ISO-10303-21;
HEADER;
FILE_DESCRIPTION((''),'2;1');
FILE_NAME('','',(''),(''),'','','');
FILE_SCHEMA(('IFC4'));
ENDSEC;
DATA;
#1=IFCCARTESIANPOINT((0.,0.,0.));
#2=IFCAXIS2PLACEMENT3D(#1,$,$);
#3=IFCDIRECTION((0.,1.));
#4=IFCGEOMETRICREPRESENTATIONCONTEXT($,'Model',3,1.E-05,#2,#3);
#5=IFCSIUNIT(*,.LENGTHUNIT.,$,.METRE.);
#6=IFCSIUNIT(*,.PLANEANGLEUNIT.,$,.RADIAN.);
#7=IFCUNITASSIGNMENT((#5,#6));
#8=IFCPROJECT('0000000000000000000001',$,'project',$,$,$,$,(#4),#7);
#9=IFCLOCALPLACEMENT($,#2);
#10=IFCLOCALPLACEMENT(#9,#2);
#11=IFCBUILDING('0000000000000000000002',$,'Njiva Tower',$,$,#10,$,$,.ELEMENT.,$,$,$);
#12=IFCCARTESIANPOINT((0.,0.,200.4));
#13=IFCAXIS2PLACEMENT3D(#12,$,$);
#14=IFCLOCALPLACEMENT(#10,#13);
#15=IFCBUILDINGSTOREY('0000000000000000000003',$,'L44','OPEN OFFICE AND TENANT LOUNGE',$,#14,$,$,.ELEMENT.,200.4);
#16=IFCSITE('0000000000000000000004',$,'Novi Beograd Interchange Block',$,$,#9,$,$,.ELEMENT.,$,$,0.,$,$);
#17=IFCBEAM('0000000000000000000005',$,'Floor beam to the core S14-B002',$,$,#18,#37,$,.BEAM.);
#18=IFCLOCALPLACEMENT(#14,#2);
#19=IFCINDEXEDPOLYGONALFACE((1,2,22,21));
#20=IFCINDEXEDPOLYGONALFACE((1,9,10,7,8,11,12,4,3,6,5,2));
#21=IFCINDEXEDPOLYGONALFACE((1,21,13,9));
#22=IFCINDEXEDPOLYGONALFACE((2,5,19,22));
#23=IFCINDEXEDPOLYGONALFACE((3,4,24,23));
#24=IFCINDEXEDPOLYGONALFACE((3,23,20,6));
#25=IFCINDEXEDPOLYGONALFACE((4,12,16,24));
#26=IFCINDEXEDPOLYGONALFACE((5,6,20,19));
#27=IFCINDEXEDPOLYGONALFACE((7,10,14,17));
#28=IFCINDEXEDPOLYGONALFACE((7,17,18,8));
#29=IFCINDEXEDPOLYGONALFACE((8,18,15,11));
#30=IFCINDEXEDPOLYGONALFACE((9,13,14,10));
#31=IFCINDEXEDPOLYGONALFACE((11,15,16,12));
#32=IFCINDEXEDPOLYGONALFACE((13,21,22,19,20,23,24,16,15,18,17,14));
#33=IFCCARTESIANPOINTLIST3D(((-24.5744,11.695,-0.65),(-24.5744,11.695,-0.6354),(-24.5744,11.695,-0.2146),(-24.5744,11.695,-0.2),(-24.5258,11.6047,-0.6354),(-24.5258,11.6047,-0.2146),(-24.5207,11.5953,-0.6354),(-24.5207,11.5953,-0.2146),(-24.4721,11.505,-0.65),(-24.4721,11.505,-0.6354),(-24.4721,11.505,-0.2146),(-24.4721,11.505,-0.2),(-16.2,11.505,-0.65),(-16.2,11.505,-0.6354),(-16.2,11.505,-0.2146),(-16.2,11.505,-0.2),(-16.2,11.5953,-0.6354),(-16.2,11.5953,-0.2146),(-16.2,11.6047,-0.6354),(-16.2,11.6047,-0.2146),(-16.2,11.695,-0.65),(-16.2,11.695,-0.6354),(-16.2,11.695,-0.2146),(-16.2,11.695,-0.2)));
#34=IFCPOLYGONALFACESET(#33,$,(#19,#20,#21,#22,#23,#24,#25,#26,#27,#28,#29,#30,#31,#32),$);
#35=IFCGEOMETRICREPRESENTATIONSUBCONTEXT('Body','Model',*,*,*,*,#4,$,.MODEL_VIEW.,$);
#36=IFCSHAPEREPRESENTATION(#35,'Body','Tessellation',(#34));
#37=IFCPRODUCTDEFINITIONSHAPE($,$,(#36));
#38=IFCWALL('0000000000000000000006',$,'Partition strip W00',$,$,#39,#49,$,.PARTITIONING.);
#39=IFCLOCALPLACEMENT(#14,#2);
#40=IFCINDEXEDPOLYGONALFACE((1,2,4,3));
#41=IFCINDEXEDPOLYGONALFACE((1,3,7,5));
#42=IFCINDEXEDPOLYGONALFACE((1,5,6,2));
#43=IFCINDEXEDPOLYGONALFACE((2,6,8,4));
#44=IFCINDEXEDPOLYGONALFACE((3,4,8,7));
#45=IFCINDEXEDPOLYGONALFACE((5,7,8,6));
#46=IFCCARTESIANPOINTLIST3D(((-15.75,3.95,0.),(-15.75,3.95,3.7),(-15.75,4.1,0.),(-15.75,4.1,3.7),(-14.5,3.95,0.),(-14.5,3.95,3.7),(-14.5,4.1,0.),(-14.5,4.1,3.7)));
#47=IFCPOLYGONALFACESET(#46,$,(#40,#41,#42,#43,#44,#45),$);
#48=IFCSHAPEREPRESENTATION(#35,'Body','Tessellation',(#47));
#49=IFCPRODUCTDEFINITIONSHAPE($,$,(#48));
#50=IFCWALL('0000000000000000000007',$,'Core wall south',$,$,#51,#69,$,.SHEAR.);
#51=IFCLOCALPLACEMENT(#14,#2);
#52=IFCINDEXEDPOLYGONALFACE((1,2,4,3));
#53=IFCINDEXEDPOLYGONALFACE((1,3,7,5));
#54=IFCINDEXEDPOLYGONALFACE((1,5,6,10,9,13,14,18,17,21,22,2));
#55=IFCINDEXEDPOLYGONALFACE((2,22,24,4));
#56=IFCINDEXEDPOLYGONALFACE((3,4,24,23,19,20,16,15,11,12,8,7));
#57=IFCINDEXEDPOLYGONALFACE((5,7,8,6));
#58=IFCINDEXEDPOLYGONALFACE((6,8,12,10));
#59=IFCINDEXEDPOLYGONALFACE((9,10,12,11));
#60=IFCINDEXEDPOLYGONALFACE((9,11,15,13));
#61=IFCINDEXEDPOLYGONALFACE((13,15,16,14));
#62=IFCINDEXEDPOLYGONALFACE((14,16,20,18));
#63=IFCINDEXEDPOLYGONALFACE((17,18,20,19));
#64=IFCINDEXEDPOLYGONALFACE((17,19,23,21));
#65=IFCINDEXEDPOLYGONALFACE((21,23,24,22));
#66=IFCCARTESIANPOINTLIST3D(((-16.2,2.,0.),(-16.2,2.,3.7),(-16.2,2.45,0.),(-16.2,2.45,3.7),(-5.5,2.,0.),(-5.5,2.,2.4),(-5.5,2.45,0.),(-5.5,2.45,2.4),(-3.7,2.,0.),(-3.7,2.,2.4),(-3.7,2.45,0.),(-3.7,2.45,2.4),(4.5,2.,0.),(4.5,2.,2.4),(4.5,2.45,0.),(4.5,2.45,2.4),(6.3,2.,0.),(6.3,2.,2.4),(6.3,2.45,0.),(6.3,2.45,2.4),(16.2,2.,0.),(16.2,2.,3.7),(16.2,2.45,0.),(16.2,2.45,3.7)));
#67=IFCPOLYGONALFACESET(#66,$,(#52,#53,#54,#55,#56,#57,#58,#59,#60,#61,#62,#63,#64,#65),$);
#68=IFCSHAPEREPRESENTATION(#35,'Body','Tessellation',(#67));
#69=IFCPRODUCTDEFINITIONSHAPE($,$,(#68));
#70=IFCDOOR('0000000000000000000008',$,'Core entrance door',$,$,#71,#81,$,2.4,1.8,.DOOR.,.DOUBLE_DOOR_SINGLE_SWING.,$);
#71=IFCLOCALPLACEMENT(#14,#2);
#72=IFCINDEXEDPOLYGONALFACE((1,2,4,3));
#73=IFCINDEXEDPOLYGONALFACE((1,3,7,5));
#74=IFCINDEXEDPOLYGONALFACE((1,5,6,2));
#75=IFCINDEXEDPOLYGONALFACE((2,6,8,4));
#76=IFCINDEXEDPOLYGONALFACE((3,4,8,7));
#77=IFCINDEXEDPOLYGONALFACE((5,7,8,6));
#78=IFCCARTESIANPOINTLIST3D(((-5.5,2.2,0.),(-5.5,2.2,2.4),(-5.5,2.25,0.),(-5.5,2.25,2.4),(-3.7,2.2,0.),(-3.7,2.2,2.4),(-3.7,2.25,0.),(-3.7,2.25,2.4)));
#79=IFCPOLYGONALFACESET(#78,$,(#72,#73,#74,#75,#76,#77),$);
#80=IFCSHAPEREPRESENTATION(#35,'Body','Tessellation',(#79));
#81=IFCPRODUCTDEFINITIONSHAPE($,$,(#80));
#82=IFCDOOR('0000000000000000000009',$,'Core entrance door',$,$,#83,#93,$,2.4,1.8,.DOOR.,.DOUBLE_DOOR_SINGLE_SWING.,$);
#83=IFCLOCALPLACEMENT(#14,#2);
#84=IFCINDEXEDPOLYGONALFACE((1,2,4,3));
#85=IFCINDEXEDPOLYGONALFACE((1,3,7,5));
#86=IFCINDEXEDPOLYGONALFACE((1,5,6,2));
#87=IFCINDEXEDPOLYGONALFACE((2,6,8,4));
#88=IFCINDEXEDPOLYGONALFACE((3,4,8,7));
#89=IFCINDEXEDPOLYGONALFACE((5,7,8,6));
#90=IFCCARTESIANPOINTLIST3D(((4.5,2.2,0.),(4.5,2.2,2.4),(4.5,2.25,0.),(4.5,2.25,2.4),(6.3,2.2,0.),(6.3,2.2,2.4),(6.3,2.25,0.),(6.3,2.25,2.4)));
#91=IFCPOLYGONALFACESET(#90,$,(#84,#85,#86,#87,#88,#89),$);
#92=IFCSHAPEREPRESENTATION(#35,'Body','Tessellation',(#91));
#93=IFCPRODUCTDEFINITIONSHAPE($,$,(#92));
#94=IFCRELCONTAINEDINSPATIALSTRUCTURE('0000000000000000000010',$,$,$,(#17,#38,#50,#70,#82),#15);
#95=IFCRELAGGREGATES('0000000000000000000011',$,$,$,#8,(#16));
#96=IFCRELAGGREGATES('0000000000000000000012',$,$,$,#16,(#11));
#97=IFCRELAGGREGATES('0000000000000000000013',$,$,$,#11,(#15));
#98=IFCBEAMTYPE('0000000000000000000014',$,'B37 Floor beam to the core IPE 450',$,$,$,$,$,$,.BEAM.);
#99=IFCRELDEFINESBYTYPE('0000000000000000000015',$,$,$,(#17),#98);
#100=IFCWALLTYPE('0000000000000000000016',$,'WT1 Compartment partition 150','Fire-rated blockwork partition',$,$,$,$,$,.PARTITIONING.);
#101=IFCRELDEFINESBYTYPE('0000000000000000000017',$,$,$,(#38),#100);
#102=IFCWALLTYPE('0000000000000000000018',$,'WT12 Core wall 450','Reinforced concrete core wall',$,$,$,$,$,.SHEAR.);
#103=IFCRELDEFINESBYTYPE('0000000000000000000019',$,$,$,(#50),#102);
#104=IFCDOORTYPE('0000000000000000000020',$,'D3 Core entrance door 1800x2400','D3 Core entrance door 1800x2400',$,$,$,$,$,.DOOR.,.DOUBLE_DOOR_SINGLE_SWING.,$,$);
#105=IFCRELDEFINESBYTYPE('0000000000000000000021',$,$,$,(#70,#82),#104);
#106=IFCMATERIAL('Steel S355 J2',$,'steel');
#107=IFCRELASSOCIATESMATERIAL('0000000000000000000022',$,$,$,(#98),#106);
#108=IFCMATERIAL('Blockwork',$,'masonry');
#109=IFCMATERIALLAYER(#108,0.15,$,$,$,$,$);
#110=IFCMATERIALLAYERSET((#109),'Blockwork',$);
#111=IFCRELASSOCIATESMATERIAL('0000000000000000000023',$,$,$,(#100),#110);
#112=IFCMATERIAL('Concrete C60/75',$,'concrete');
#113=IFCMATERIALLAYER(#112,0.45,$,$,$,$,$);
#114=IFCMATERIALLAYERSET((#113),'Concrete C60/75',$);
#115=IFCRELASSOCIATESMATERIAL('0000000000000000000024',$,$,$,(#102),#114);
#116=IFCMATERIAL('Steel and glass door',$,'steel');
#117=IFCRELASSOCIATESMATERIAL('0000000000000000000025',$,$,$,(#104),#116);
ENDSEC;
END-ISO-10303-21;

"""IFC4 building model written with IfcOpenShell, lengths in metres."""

from ifc_helpers import new_model, si_unit, direction, frame, frame_2d, origin, origin_2d, place, context, subcontext, project, spatial, rectangle, i_section, extrude, clip, halfspace, material, layer, layer_set, material_profile, profile_set, type_object, element, fill, save


model = new_model("IFC4")

# Units and contexts
model_context = context("Model", 3, precision=1e-05, world=origin(), true_north=direction((0.0, 1.0)))
body_context = subcontext(model_context, "Body", "Model", "MODEL_VIEW")
ifc_project = project(units=[si_unit("LENGTHUNIT", "METRE"), si_unit("PLANEANGLEUNIT", "RADIAN")], contexts=[model_context])

# Site, building, storey
site_placement = place(None, origin())
site = spatial("IfcSite", under=ifc_project, at=site_placement, Name="Novi Beograd Interchange Block", CompositionType="ELEMENT", RefElevation=0.0)
building_placement = place(site_placement, origin())
building = spatial("IfcBuilding", under=site, at=building_placement, Name="Njiva Tower", CompositionType="ELEMENT")
storey_placement = place(building_placement, frame((0.0, 0.0, 200.4)))
storey = spatial("IfcBuildingStorey", under=building, at=storey_placement, Name="L44", Description="OPEN OFFICE AND TENANT LOUNGE", CompositionType="ELEMENT", Elevation=200.4)

# Shared definitions
ifc_material_1 = material(Name="Steel S355 J2", Category="steel")

# Beam
ifc_material_profile_1 = material_profile(ifc_material_1, i_section(OverallWidth=0.19, OverallDepth=0.45, WebThickness=0.0094, FlangeThickness=0.0146, at=origin_2d()), Name="IPE 450")
ifc_profile_set_1 = profile_set([ifc_material_profile_1], Name="Steel S355 J2")
beam_type_1 = type_object("IfcBeamType", Name="B37 Floor beam to the core IPE 450", PredefinedType="BEAM", material=ifc_profile_set_1)
beam_1_placement = place(storey_placement, frame((-24.594, 11.6, -0.425), z_axis=(1.0, 0.0, 0.0), x_axis=(0.0, 1.0, 0.0)))
element("IfcBeam", 1, at=beam_1_placement, inside=storey, type_object=beam_type_1, Name="Floor beam to the core S14-B002", PredefinedType="BEAM", context=body_context, shape_type="Clipping", body=[
    clip(extrude(i_section(OverallWidth=0.19, OverallDepth=0.45, WebThickness=0.0094, FlangeThickness=0.0146, at=origin_2d()), origin(), (0.0, 0.0, 1.0), 8.394), halfspace(frame((-0.0237, 0.0, 0.0835), z_axis=(-0.473769, 0.0, -0.880649), x_axis=(0.0, -1.0, 0.0)), False)),
])

# Wall
ifc_material_2 = material(Name="Blockwork", Category="masonry")
ifc_layer_1 = layer(ifc_material_2, 0.15)
ifc_layer_set_1 = layer_set([ifc_layer_1], Name="Blockwork")
wall_type_1 = type_object("IfcWallType", Name="WT1 Compartment partition 150", Description="Fire-rated blockwork partition", PredefinedType="PARTITIONING", material=ifc_layer_set_1)
wall_1_placement = place(storey_placement, frame((-15.75, 4.025, 0.0), z_axis=(0.0, 0.0, 1.0), x_axis=(1.0, 0.0, 0.0)))
element("IfcWall", 2, at=wall_1_placement, inside=storey, type_object=wall_type_1, Name="Partition strip W00", PredefinedType="PARTITIONING", context=body_context, shape_type="SweptSolid", body=[
    extrude(rectangle(XDim=1.25, YDim=0.15, at=frame_2d((0.625, 0.0))), origin(), (0.0, 0.0, 1.0), 3.7),
])

# Wall, openings, doors
ifc_material_3 = material(Name="Concrete C60/75", Category="concrete")
ifc_layer_2 = layer(ifc_material_3, 0.45)
ifc_layer_set_2 = layer_set([ifc_layer_2], Name="Concrete C60/75")
wall_type_2 = type_object("IfcWallType", Name="WT12 Core wall 450", Description="Reinforced concrete core wall", PredefinedType="SHEAR", material=ifc_layer_set_2)
wall_2_placement = place(storey_placement, frame((-16.2, 2.225, 0.0), z_axis=(0.0, 0.0, 1.0), x_axis=(1.0, 0.0, 0.0)))
wall_2 = element("IfcWall", 3, at=wall_2_placement, inside=storey, type_object=wall_type_2, Name="Core wall south", PredefinedType="SHEAR", context=body_context, shape_type="SweptSolid", body=[
    extrude(rectangle(XDim=32.4, YDim=0.45, at=frame_2d((16.2, 0.0))), origin(), (0.0, 0.0, 1.0), 3.7),
])
opening_1_placement = place(wall_2_placement, frame((10.7, 0.0, 0.0)))
opening_1 = element("IfcOpeningElement", 4, at=opening_1_placement, cuts=wall_2, PredefinedType="OPENING", context=body_context, shape_type="SweptSolid", body=[
    extrude(rectangle(XDim=1.8, YDim=2.4, at=frame_2d((0.9, 1.2))), frame((0.0, 0.235, 0.0), z_axis=(0.0, -1.0, 0.0), x_axis=(1.0, 0.0, 0.0)), (0.0, 0.0, 1.0), 0.47),
])
opening_2_placement = place(wall_2_placement, frame((20.7, 0.0, 0.0)))
opening_2 = element("IfcOpeningElement", 5, at=opening_2_placement, cuts=wall_2, PredefinedType="OPENING", context=body_context, shape_type="SweptSolid", body=[
    extrude(rectangle(XDim=1.8, YDim=2.4, at=frame_2d((0.9, 1.2))), frame((0.0, 0.235, 0.0), z_axis=(0.0, -1.0, 0.0), x_axis=(1.0, 0.0, 0.0)), (0.0, 0.0, 1.0), 0.47),
])
ifc_material_4 = material(Name="Steel and glass door", Category="steel")
door_type_1 = type_object("IfcDoorType", Name="D3 Core entrance door 1800x2400", Description="D3 Core entrance door 1800x2400", OperationType="DOUBLE_DOOR_SINGLE_SWING", PredefinedType="DOOR", material=ifc_material_4)
door_1_placement = place(opening_1_placement, origin())
door_1 = element("IfcDoor", 6, at=door_1_placement, inside=storey, type_object=door_type_1, Name="Core entrance door", OperationType="DOUBLE_DOOR_SINGLE_SWING", OverallHeight=2.4, OverallWidth=1.8, PredefinedType="DOOR", context=body_context, shape_type="SweptSolid", body=[
    extrude(rectangle(XDim=1.8, YDim=2.4, at=frame_2d((0.9, 1.2))), frame((0.0, 0.025, 0.0), z_axis=(0.0, -1.0, 0.0), x_axis=(1.0, 0.0, 0.0)), (0.0, 0.0, 1.0), 0.05),
])
fill(opening_1, door_1)
door_2_placement = place(opening_2_placement, origin())
door_2 = element("IfcDoor", 7, at=door_2_placement, inside=storey, type_object=door_type_1, Name="Core entrance door", OperationType="DOUBLE_DOOR_SINGLE_SWING", OverallHeight=2.4, OverallWidth=1.8, PredefinedType="DOOR", context=body_context, shape_type="SweptSolid", body=[
    extrude(rectangle(XDim=1.8, YDim=2.4, at=frame_2d((0.9, 1.2))), frame((0.0, 0.025, 0.0), z_axis=(0.0, -1.0, 0.0), x_axis=(1.0, 0.0, 0.0)), (0.0, 0.0, 1.0), 0.05),
])
fill(opening_2, door_2)

save(model, "model.ifc")
